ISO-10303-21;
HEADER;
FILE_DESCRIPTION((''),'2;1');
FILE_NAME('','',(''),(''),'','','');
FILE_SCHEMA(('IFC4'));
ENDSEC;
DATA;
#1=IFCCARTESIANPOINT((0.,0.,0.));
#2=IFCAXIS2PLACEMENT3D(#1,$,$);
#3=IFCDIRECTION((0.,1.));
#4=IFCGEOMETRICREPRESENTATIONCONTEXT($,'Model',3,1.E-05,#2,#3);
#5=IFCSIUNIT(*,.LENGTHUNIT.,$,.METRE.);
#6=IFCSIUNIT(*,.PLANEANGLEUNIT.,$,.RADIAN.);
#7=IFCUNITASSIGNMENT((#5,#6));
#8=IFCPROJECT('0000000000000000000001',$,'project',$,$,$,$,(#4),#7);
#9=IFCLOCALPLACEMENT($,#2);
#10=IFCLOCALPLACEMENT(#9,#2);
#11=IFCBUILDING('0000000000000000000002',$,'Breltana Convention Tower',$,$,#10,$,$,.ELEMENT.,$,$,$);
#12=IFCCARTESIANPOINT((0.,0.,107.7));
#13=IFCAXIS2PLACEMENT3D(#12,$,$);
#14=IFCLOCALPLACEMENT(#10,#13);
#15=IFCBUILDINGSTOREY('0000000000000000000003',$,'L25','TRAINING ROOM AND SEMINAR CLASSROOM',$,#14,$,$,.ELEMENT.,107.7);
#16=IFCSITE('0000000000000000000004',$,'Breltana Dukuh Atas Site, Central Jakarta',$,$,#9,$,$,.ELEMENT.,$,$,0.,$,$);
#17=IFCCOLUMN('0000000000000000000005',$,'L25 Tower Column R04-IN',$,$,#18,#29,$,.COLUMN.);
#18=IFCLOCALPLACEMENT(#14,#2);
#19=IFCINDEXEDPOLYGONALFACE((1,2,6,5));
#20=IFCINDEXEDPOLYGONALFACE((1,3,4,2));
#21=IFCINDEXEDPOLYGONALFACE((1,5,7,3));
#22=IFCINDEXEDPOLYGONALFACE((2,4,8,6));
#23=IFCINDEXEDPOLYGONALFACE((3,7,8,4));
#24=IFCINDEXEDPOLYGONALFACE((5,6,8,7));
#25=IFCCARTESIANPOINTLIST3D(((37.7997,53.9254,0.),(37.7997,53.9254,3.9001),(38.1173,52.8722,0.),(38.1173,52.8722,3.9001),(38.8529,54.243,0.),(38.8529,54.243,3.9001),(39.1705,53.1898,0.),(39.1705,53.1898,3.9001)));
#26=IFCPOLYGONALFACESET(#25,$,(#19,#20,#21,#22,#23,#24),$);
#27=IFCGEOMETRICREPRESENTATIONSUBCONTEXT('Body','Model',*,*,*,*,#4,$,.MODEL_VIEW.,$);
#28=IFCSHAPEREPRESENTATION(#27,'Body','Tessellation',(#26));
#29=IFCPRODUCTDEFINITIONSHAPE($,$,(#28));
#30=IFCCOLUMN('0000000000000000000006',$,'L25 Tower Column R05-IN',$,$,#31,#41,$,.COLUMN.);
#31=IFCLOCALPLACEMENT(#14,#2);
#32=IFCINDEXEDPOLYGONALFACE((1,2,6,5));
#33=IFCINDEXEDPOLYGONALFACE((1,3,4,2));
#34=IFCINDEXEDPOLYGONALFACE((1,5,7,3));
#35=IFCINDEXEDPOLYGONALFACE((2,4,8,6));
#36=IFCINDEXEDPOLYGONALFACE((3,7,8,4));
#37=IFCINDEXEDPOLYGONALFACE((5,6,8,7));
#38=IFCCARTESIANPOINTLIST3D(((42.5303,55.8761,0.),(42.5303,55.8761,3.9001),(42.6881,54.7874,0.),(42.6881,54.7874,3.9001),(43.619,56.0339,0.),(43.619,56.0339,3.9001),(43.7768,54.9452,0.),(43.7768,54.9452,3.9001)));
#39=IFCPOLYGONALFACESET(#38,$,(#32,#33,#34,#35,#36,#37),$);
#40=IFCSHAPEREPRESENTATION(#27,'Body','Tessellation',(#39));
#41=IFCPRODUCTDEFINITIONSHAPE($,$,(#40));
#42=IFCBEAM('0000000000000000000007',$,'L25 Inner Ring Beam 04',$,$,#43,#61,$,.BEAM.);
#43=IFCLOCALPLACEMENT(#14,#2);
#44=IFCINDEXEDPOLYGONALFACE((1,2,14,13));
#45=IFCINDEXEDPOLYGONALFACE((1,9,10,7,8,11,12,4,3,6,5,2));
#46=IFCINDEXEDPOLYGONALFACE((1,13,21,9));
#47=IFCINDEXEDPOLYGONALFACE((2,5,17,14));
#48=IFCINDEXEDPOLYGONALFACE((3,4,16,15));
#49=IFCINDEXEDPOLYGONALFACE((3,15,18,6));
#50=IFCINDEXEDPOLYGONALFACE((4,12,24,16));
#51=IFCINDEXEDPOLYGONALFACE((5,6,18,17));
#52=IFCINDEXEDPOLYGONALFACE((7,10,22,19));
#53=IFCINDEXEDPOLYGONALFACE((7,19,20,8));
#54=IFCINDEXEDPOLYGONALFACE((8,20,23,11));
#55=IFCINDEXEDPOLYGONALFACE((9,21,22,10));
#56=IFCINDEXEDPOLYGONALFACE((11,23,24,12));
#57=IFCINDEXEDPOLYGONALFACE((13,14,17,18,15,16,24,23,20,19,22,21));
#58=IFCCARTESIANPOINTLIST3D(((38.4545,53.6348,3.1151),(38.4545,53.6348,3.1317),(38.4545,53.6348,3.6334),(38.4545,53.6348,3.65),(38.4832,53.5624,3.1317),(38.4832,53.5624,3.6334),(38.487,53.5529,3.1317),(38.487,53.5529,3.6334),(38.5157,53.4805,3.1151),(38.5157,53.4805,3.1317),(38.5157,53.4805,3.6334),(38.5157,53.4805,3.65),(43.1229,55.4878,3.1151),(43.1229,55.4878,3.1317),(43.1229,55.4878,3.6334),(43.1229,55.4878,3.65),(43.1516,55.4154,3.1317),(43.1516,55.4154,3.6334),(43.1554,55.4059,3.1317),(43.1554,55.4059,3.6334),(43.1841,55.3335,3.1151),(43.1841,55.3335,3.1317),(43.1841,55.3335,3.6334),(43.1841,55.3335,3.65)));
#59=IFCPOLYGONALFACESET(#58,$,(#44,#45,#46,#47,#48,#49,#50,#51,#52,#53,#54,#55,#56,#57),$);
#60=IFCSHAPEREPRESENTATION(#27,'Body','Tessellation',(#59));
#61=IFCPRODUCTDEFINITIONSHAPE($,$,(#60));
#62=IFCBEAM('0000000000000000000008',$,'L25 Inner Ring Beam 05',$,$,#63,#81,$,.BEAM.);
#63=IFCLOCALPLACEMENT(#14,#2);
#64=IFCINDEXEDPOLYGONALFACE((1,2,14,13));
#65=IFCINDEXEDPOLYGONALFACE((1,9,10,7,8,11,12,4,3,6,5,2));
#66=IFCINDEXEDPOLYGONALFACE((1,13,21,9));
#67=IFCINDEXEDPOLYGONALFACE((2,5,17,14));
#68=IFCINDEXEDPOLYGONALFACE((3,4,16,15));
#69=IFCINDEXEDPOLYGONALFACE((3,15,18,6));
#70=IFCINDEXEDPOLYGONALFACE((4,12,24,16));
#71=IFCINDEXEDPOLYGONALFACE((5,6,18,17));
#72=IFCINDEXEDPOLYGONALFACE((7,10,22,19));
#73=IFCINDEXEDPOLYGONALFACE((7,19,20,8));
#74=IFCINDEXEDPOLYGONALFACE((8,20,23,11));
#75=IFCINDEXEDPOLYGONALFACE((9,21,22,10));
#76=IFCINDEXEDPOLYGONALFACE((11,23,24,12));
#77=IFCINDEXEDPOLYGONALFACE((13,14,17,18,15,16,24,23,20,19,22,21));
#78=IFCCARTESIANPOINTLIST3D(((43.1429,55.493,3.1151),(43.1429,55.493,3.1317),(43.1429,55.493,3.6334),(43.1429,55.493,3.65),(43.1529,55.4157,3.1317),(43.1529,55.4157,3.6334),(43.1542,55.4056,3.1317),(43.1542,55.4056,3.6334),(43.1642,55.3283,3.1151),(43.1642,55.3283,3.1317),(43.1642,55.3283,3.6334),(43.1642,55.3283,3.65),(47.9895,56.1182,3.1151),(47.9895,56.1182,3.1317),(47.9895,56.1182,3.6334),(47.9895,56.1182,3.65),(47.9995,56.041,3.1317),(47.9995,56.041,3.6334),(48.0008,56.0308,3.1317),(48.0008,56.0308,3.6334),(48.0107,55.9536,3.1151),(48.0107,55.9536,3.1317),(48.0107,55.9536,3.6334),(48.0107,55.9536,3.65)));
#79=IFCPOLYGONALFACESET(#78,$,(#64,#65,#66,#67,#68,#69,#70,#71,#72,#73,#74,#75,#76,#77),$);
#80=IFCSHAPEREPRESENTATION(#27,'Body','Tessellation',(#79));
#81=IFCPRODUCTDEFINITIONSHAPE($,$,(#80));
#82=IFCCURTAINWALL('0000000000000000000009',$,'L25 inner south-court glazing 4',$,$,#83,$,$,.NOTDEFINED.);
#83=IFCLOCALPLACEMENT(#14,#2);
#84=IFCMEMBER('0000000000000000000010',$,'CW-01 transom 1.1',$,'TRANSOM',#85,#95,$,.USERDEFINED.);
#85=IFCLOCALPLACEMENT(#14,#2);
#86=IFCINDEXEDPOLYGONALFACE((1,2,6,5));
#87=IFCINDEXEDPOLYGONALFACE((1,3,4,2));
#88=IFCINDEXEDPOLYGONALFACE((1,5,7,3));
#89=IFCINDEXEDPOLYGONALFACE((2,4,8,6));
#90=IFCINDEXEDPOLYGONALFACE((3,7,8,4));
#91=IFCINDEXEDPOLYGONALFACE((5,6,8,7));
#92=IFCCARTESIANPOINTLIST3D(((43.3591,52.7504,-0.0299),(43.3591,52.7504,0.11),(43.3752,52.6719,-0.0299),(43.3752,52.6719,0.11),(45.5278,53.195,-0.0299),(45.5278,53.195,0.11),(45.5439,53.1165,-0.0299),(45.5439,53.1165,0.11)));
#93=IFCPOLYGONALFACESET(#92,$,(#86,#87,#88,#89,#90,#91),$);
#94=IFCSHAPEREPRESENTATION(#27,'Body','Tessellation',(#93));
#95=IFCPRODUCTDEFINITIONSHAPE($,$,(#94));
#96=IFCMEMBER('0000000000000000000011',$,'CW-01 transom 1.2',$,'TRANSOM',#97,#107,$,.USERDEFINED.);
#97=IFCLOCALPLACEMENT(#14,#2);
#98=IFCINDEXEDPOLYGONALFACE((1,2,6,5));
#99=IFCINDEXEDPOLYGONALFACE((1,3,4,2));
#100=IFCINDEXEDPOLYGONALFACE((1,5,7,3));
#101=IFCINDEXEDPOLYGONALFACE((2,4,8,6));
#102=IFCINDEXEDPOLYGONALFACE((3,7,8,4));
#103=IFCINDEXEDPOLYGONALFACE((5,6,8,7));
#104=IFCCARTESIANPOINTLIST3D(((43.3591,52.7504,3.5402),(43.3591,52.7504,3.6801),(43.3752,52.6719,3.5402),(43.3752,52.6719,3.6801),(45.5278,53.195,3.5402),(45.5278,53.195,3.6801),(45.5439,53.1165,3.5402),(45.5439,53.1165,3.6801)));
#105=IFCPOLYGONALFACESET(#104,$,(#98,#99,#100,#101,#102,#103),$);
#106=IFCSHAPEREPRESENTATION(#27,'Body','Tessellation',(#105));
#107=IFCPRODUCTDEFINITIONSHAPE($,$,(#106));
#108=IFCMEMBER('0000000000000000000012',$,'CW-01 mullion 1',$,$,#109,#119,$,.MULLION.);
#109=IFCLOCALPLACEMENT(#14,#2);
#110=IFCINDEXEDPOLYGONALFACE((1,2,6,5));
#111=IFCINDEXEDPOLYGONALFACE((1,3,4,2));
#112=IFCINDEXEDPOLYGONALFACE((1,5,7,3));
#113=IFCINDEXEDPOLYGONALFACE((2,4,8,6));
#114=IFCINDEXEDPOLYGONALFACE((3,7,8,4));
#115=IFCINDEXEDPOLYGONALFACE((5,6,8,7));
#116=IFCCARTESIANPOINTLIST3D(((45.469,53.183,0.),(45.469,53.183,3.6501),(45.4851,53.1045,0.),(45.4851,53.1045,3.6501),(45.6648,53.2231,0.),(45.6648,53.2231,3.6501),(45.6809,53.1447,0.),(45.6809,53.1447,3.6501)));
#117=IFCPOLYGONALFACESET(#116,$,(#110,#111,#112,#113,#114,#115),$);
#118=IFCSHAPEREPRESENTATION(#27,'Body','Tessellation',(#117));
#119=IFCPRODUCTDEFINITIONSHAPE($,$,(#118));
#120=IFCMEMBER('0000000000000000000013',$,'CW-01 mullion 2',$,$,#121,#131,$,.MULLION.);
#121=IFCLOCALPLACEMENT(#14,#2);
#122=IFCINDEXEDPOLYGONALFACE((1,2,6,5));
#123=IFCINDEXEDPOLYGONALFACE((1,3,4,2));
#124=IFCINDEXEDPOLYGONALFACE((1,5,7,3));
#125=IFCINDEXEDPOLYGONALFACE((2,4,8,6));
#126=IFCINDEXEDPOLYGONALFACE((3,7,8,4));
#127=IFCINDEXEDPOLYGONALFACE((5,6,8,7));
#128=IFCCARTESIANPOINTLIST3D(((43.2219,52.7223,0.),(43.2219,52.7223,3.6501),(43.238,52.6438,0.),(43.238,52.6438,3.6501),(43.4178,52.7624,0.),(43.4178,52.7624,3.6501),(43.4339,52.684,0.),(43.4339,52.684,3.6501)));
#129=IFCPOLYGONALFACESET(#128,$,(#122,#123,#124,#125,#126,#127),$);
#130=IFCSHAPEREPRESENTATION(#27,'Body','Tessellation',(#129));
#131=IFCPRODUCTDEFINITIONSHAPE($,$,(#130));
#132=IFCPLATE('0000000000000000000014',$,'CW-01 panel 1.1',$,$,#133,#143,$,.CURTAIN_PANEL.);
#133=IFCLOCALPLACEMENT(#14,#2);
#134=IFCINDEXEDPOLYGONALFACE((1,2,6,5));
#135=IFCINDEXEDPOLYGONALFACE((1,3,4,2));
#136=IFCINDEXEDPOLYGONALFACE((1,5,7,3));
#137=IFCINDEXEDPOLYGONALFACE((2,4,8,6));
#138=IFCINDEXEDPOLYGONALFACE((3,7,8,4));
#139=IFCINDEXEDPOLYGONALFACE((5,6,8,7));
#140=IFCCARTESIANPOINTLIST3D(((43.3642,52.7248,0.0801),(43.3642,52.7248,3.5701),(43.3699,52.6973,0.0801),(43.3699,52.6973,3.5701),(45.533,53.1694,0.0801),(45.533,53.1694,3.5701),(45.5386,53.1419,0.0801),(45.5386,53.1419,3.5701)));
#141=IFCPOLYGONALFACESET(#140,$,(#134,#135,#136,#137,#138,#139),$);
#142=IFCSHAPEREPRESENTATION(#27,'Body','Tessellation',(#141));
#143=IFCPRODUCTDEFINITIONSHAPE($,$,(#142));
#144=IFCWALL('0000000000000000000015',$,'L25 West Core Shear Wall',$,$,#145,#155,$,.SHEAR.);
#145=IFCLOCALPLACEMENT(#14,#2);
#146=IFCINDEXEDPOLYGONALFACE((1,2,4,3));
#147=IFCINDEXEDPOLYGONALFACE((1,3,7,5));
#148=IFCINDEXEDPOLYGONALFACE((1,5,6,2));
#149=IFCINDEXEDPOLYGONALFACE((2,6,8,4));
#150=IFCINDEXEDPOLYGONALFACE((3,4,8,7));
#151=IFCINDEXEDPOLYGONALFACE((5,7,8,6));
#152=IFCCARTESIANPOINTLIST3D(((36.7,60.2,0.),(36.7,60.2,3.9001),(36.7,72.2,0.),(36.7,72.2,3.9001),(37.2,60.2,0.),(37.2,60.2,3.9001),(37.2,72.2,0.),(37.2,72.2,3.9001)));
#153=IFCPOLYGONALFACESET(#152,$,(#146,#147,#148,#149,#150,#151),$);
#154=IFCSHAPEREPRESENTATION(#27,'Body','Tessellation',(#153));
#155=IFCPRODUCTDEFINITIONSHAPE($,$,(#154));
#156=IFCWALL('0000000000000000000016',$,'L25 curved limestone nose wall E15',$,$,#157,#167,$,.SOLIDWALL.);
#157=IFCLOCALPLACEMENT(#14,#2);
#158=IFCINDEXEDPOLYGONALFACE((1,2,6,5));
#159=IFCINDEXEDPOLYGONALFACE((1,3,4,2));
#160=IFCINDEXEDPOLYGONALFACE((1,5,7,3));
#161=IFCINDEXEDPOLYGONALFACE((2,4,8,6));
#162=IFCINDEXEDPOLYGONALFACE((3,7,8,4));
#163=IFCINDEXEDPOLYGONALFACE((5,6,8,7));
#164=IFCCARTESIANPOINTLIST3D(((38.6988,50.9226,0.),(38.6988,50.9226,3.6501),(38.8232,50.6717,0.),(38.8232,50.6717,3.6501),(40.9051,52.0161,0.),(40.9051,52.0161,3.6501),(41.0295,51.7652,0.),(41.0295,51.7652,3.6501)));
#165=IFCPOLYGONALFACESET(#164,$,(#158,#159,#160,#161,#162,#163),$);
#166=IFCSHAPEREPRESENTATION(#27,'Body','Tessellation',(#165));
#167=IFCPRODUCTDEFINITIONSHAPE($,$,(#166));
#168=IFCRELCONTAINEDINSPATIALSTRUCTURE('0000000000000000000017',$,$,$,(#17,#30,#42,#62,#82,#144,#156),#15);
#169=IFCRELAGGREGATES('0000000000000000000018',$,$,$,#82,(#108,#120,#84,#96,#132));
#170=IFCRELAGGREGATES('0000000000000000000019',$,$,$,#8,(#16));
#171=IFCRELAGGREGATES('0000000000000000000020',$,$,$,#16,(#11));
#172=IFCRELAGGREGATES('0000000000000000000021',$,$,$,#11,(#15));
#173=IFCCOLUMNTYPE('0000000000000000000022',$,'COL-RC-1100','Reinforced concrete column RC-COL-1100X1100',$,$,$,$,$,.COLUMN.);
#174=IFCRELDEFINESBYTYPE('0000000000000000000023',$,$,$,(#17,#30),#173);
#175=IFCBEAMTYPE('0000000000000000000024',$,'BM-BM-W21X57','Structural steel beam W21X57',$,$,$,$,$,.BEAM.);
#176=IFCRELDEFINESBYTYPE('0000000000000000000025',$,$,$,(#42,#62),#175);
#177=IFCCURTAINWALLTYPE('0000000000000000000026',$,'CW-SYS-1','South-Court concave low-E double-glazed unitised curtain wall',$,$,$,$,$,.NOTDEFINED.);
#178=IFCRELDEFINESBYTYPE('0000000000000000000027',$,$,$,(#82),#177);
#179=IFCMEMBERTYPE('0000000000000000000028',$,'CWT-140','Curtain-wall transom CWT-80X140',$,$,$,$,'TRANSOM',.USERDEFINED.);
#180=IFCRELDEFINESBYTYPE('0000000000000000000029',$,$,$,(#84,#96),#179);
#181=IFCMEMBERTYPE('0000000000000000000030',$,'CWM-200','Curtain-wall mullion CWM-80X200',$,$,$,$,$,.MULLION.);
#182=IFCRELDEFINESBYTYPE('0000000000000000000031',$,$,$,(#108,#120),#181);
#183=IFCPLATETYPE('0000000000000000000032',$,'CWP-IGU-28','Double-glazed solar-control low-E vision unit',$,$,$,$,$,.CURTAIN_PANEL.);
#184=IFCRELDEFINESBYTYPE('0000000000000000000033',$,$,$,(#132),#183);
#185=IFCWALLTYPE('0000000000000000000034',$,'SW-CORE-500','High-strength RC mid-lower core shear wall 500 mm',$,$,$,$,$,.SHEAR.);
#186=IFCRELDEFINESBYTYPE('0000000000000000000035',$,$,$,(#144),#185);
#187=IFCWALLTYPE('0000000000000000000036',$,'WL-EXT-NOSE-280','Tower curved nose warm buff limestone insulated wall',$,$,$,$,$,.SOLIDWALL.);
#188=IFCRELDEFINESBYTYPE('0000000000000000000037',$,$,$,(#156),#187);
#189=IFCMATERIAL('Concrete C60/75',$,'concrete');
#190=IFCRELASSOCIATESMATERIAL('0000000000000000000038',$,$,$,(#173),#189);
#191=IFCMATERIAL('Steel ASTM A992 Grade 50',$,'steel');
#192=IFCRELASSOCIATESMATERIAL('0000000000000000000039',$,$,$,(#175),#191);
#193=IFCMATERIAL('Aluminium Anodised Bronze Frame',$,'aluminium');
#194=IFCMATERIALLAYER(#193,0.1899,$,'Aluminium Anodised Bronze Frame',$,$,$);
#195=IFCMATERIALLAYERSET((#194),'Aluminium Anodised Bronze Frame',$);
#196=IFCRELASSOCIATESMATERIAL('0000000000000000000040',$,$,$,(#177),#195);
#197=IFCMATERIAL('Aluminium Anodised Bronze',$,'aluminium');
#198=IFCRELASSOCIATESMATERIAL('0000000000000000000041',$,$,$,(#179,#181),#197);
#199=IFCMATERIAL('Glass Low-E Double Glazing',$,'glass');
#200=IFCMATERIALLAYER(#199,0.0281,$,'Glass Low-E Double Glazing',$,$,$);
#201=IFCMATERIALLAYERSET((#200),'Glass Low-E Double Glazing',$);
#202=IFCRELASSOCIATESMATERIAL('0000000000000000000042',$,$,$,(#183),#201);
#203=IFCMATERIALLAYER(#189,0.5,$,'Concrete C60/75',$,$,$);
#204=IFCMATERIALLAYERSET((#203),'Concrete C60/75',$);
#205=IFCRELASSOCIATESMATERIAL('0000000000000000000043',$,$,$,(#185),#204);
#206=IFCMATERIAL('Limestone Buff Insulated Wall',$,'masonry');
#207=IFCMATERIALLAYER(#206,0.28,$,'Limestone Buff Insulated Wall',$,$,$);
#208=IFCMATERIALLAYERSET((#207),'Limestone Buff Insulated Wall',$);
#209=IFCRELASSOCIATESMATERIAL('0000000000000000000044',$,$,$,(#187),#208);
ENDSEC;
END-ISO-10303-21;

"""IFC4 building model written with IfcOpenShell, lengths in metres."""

from ifc_helpers import new_model, si_unit, direction, frame, frame_2d, origin, origin_2d, place, context, subcontext, project, spatial, rectangle, i_section, extrude, source, transform, mapped, material, layer, layer_set, material_profile, profile_set, type_object, element, aggregate, save


model = new_model("IFC4")

# Units and contexts
model_context = context("Model", 3, precision=1e-05, world=origin(), true_north=direction((0.0, 1.0)))
body_context = subcontext(model_context, "Body", "Model", "MODEL_VIEW")
ifc_project = project(units=[si_unit("LENGTHUNIT", "METRE"), si_unit("PLANEANGLEUNIT", "RADIAN")], contexts=[model_context])

# Site, building, storey
site_placement = place(None, origin())
site = spatial("IfcSite", under=ifc_project, at=site_placement, Name="Breltana Dukuh Atas Site, Central Jakarta", CompositionType="ELEMENT", RefElevation=0.0)
building_placement = place(site_placement, origin())
building = spatial("IfcBuilding", under=site, at=building_placement, Name="Breltana Convention Tower", CompositionType="ELEMENT")
storey_placement = place(building_placement, frame((0.0, 0.0, 107.7)))
storey = spatial("IfcBuildingStorey", under=building, at=storey_placement, Name="L25", Description="TRAINING ROOM AND SEMINAR CLASSROOM", CompositionType="ELEMENT", Elevation=107.7)

# Columns
ifc_material_1 = material(Name="Concrete C60/75", Category="concrete")
ifc_material_profile_1 = material_profile(ifc_material_1, rectangle(XDim=1.1001, YDim=1.1001, at=origin_2d()), Name="RC-COL-1100X1100")
ifc_profile_set_1 = profile_set([ifc_material_profile_1], Name="Concrete C60/75")
column_type = type_object("IfcColumnType", Name="COL-RC-1100", Description="Reinforced concrete column RC-COL-1100X1100", PredefinedType="COLUMN", material=ifc_profile_set_1)
shared_shape_1 = source(origin(), body_context, "Body", "SweptSolid", [
    extrude(rectangle(XDim=1.1001, YDim=1.1001, at=origin_2d()), origin(), (0.0, 0.0, 1.0), 3.9001),
])
for number, where, z_axis, x_axis, name in (
    (1, (38.4851, 53.5576, 0.0), (0.0, 0.0, 1.0), (-0.288698, 0.95742, 0.0), "L25 Tower Column R04-IN"),
    (2, (43.1536, 55.4106, 0.0), (0.0, 0.0, 1.0), (-0.143493, 0.989651, 0.0), "L25 Tower Column R05-IN"),
):
    element("IfcColumn", number, at=place(storey_placement, frame(where, z_axis=z_axis, x_axis=x_axis)), inside=storey, type_object=column_type, Name=name, PredefinedType="COLUMN", context=body_context, shape_type="MappedRepresentation", body=[
        mapped(shared_shape_1, transform((0.0, 0.0, 0.0), scale=1.0)),
    ])

# Beams
ifc_material_2 = material(Name="Steel ASTM A992 Grade 50", Category="steel")
ifc_material_profile_2 = material_profile(ifc_material_2, i_section(OverallWidth=0.166, OverallDepth=0.5349, WebThickness=0.0103, FlangeThickness=0.0166, at=origin_2d()), Name="W21X57")
ifc_profile_set_2 = profile_set([ifc_material_profile_2], Name="Steel ASTM A992 Grade 50")
beam_type = type_object("IfcBeamType", Name="BM-BM-W21X57", Description="Structural steel beam W21X57", PredefinedType="BEAM", material=ifc_profile_set_2)
shared_shape_2 = source(origin(), body_context, "Body", "SweptSolid", [
    extrude(i_section(OverallWidth=0.166, OverallDepth=0.5349, WebThickness=0.0103, FlangeThickness=0.0166, at=origin_2d()), origin(), (0.0, 0.0, 1.0), 5.0227),
])
beam_1_placement = place(storey_placement, frame((38.4851, 53.5576, 3.3826), z_axis=(0.929459, 0.368926, 0.0), x_axis=(-0.368926, 0.929459, 0.0)))
element("IfcBeam", 3, at=beam_1_placement, inside=storey, type_object=beam_type, Name="L25 Inner Ring Beam 04", PredefinedType="BEAM", context=body_context, shape_type="MappedRepresentation", body=[
    mapped(shared_shape_2, transform((0.0, 0.0, 0.0), scale=1.0)),
])
shared_shape_3 = source(origin(), body_context, "Body", "SweptSolid", [
    extrude(i_section(OverallWidth=0.166, OverallDepth=0.5349, WebThickness=0.0103, FlangeThickness=0.0166, at=origin_2d()), origin(), (0.0, 0.0, 1.0), 4.8867),
])
beam_2_placement = place(storey_placement, frame((43.1536, 55.4106, 3.3826), z_axis=(0.991781, 0.127951, 0.0), x_axis=(-0.127951, 0.991781, 0.0)))
element("IfcBeam", 4, at=beam_2_placement, inside=storey, type_object=beam_type, Name="L25 Inner Ring Beam 05", PredefinedType="BEAM", context=body_context, shape_type="MappedRepresentation", body=[
    mapped(shared_shape_3, transform((0.0, 0.0, 0.0), scale=1.0)),
])

# Curtain wall, members, plate
ifc_material_3 = material(Name="Aluminium Anodised Bronze Frame", Category="aluminium")
ifc_layer_1 = layer(ifc_material_3, 0.1899, Name="Aluminium Anodised Bronze Frame")
ifc_layer_set_1 = layer_set([ifc_layer_1], Name="Aluminium Anodised Bronze Frame")
curtain_wall_type = type_object("IfcCurtainWallType", Name="CW-SYS-1", Description="South-Court concave low-E double-glazed unitised curtain wall", PredefinedType="NOTDEFINED", material=ifc_layer_set_1)
curtain_wall_placement = place(storey_placement, origin())
curtain_wall = element("IfcCurtainWall", 5, at=curtain_wall_placement, inside=storey, type_object=curtain_wall_type, Name="L25 inner south-court glazing 4", PredefinedType="NOTDEFINED")
ifc_material_4 = material(Name="Aluminium Anodised Bronze", Category="aluminium")
ifc_material_profile_3 = material_profile(ifc_material_4, rectangle(XDim=0.0801, YDim=0.1399, at=origin_2d()), Name="CWT-80X140")
ifc_profile_set_3 = profile_set([ifc_material_profile_3], Name="Aluminium Anodised Bronze")
member_type_1 = type_object("IfcMemberType", Name="CWT-140", Description="Curtain-wall transom CWT-80X140", ElementType="TRANSOM", PredefinedType="USERDEFINED", material=ifc_profile_set_3)
shared_shape_4 = source(origin(), body_context, "Body", "SweptSolid", [
    extrude(rectangle(XDim=0.0801, YDim=0.1399, at=origin_2d()), origin(), (0.0, 0.0, 1.0), 2.2139),
])
member_1_placement = place(storey_placement, frame((45.5359, 53.1558, 0.04), z_axis=(-0.979628, -0.200822, 0.0), x_axis=(0.200822, -0.979628, 0.0)))
member_1 = element("IfcMember", 6, at=member_1_placement, type_object=member_type_1, Name="CW-01 transom 1.1", ObjectType="TRANSOM", PredefinedType="USERDEFINED", context=body_context, shape_type="MappedRepresentation", body=[
    mapped(shared_shape_4, transform((0.0, 0.0, 0.0), scale=1.0)),
])
member_2_placement = place(storey_placement, frame((45.5359, 53.1558, 3.6101), z_axis=(-0.979628, -0.200822, 0.0), x_axis=(0.200822, -0.979628, 0.0)))
member_2 = element("IfcMember", 7, at=member_2_placement, type_object=member_type_1, Name="CW-01 transom 1.2", ObjectType="TRANSOM", PredefinedType="USERDEFINED", context=body_context, shape_type="MappedRepresentation", body=[
    mapped(shared_shape_4, transform((0.0, 0.0, 0.0), scale=1.0)),
])
ifc_material_profile_4 = material_profile(ifc_material_4, rectangle(XDim=0.0801, YDim=0.2, at=origin_2d()), Name="CWM-80X200")
ifc_profile_set_4 = profile_set([ifc_material_profile_4], Name="Aluminium Anodised Bronze")
member_type_2 = type_object("IfcMemberType", Name="CWM-200", Description="Curtain-wall mullion CWM-80X200", PredefinedType="MULLION", material=ifc_profile_set_4)
shared_shape_5 = source(origin(), body_context, "Body", "SweptSolid", [
    extrude(rectangle(XDim=0.0801, YDim=0.2, at=origin_2d()), origin(), (0.0, 0.0, 1.0), 3.6501),
])
member_3_placement = place(storey_placement, frame((45.575, 53.1638, 0.0), z_axis=(0.0, 0.0, 1.0), x_axis=(0.200853, -0.979621, 0.0)))
member_3 = element("IfcMember", 8, at=member_3_placement, type_object=member_type_2, Name="CW-01 mullion 1", PredefinedType="MULLION", context=body_context, shape_type="MappedRepresentation", body=[
    mapped(shared_shape_5, transform((0.0, 0.0, 0.0), scale=1.0)),
])
member_4_placement = place(storey_placement, frame((43.3279, 52.7031, 0.0), z_axis=(0.0, 0.0, 1.0), x_axis=(0.200853, -0.979621, 0.0)))
member_4 = element("IfcMember", 9, at=member_4_placement, type_object=member_type_2, Name="CW-01 mullion 2", PredefinedType="MULLION", context=body_context, shape_type="MappedRepresentation", body=[
    mapped(shared_shape_5, transform((0.0, 0.0, 0.0), scale=1.0)),
])
ifc_material_5 = material(Name="Glass Low-E Double Glazing", Category="glass")
ifc_layer_2 = layer(ifc_material_5, 0.0281, Name="Glass Low-E Double Glazing")
ifc_layer_set_2 = layer_set([ifc_layer_2], Name="Glass Low-E Double Glazing")
plate_type = type_object("IfcPlateType", Name="CWP-IGU-28", Description="Double-glazed solar-control low-E vision unit", PredefinedType="CURTAIN_PANEL", material=ifc_layer_set_2)
shared_shape_6 = source(origin(), body_context, "Body", "SweptSolid", [
    extrude(rectangle(XDim=2.2139, YDim=0.0281, at=origin_2d()), origin(), (0.0, 0.0, 1.0), 3.49),
])
plate_placement = place(storey_placement, frame((44.4514, 52.9333, 0.0801), z_axis=(0.0, 0.0, 1.0), x_axis=(-0.979621, -0.200853, 0.0)))
plate = element("IfcPlate", 10, at=plate_placement, type_object=plate_type, Name="CW-01 panel 1.1", PredefinedType="CURTAIN_PANEL", context=body_context, shape_type="MappedRepresentation", body=[
    mapped(shared_shape_6, transform((0.0, 0.0, 0.0), scale=1.0)),
])
aggregate(curtain_wall, [member_3, member_4, member_1, member_2, plate])

# Walls
ifc_layer_3 = layer(ifc_material_1, 0.5, Name="Concrete C60/75")
ifc_layer_set_3 = layer_set([ifc_layer_3], Name="Concrete C60/75")
wall_type_1 = type_object("IfcWallType", Name="SW-CORE-500", Description="High-strength RC mid-lower core shear wall 500 mm", PredefinedType="SHEAR", material=ifc_layer_set_3)
shared_shape_7 = source(origin(), body_context, "Body", "SweptSolid", [
    extrude(rectangle(XDim=12.0, YDim=0.5, at=frame_2d((6.0, 0.0))), origin(), (0.0, 0.0, 1.0), 3.9001),
])
wall_1_placement = place(storey_placement, frame((36.95, 60.2, 0.0), z_axis=(0.0, 0.0, 1.0), x_axis=(0.0, 1.0, 0.0)))
element("IfcWall", 11, at=wall_1_placement, inside=storey, type_object=wall_type_1, Name="L25 West Core Shear Wall", PredefinedType="SHEAR", context=body_context, shape_type="MappedRepresentation", body=[
    mapped(shared_shape_7, transform((0.0, 0.0, 0.0), scale=1.0)),
])
ifc_material_6 = material(Name="Limestone Buff Insulated Wall", Category="masonry")
ifc_layer_4 = layer(ifc_material_6, 0.28, Name="Limestone Buff Insulated Wall")
ifc_layer_set_4 = layer_set([ifc_layer_4], Name="Limestone Buff Insulated Wall")
wall_type_2 = type_object("IfcWallType", Name="WL-EXT-NOSE-280", Description="Tower curved nose warm buff limestone insulated wall", PredefinedType="SOLIDWALL", material=ifc_layer_set_4)
shared_shape_8 = source(origin(), body_context, "Body", "SweptSolid", [
    extrude(rectangle(XDim=2.4624, YDim=0.28, at=frame_2d((1.2312, 0.0))), origin(), (0.0, 0.0, 1.0), 3.6501),
])
wall_2_placement = place(storey_placement, frame((40.9673, 51.8906, 0.0), z_axis=(0.0, 0.0, 1.0), x_axis=(-0.895988, -0.444078, 0.0)))
element("IfcWall", 12, at=wall_2_placement, inside=storey, type_object=wall_type_2, Name="L25 curved limestone nose wall E15", PredefinedType="SOLIDWALL", context=body_context, shape_type="MappedRepresentation", body=[
    mapped(shared_shape_8, transform((0.0, 0.0, 0.0), scale=1.0)),
])

save(model, "model.ifc")
